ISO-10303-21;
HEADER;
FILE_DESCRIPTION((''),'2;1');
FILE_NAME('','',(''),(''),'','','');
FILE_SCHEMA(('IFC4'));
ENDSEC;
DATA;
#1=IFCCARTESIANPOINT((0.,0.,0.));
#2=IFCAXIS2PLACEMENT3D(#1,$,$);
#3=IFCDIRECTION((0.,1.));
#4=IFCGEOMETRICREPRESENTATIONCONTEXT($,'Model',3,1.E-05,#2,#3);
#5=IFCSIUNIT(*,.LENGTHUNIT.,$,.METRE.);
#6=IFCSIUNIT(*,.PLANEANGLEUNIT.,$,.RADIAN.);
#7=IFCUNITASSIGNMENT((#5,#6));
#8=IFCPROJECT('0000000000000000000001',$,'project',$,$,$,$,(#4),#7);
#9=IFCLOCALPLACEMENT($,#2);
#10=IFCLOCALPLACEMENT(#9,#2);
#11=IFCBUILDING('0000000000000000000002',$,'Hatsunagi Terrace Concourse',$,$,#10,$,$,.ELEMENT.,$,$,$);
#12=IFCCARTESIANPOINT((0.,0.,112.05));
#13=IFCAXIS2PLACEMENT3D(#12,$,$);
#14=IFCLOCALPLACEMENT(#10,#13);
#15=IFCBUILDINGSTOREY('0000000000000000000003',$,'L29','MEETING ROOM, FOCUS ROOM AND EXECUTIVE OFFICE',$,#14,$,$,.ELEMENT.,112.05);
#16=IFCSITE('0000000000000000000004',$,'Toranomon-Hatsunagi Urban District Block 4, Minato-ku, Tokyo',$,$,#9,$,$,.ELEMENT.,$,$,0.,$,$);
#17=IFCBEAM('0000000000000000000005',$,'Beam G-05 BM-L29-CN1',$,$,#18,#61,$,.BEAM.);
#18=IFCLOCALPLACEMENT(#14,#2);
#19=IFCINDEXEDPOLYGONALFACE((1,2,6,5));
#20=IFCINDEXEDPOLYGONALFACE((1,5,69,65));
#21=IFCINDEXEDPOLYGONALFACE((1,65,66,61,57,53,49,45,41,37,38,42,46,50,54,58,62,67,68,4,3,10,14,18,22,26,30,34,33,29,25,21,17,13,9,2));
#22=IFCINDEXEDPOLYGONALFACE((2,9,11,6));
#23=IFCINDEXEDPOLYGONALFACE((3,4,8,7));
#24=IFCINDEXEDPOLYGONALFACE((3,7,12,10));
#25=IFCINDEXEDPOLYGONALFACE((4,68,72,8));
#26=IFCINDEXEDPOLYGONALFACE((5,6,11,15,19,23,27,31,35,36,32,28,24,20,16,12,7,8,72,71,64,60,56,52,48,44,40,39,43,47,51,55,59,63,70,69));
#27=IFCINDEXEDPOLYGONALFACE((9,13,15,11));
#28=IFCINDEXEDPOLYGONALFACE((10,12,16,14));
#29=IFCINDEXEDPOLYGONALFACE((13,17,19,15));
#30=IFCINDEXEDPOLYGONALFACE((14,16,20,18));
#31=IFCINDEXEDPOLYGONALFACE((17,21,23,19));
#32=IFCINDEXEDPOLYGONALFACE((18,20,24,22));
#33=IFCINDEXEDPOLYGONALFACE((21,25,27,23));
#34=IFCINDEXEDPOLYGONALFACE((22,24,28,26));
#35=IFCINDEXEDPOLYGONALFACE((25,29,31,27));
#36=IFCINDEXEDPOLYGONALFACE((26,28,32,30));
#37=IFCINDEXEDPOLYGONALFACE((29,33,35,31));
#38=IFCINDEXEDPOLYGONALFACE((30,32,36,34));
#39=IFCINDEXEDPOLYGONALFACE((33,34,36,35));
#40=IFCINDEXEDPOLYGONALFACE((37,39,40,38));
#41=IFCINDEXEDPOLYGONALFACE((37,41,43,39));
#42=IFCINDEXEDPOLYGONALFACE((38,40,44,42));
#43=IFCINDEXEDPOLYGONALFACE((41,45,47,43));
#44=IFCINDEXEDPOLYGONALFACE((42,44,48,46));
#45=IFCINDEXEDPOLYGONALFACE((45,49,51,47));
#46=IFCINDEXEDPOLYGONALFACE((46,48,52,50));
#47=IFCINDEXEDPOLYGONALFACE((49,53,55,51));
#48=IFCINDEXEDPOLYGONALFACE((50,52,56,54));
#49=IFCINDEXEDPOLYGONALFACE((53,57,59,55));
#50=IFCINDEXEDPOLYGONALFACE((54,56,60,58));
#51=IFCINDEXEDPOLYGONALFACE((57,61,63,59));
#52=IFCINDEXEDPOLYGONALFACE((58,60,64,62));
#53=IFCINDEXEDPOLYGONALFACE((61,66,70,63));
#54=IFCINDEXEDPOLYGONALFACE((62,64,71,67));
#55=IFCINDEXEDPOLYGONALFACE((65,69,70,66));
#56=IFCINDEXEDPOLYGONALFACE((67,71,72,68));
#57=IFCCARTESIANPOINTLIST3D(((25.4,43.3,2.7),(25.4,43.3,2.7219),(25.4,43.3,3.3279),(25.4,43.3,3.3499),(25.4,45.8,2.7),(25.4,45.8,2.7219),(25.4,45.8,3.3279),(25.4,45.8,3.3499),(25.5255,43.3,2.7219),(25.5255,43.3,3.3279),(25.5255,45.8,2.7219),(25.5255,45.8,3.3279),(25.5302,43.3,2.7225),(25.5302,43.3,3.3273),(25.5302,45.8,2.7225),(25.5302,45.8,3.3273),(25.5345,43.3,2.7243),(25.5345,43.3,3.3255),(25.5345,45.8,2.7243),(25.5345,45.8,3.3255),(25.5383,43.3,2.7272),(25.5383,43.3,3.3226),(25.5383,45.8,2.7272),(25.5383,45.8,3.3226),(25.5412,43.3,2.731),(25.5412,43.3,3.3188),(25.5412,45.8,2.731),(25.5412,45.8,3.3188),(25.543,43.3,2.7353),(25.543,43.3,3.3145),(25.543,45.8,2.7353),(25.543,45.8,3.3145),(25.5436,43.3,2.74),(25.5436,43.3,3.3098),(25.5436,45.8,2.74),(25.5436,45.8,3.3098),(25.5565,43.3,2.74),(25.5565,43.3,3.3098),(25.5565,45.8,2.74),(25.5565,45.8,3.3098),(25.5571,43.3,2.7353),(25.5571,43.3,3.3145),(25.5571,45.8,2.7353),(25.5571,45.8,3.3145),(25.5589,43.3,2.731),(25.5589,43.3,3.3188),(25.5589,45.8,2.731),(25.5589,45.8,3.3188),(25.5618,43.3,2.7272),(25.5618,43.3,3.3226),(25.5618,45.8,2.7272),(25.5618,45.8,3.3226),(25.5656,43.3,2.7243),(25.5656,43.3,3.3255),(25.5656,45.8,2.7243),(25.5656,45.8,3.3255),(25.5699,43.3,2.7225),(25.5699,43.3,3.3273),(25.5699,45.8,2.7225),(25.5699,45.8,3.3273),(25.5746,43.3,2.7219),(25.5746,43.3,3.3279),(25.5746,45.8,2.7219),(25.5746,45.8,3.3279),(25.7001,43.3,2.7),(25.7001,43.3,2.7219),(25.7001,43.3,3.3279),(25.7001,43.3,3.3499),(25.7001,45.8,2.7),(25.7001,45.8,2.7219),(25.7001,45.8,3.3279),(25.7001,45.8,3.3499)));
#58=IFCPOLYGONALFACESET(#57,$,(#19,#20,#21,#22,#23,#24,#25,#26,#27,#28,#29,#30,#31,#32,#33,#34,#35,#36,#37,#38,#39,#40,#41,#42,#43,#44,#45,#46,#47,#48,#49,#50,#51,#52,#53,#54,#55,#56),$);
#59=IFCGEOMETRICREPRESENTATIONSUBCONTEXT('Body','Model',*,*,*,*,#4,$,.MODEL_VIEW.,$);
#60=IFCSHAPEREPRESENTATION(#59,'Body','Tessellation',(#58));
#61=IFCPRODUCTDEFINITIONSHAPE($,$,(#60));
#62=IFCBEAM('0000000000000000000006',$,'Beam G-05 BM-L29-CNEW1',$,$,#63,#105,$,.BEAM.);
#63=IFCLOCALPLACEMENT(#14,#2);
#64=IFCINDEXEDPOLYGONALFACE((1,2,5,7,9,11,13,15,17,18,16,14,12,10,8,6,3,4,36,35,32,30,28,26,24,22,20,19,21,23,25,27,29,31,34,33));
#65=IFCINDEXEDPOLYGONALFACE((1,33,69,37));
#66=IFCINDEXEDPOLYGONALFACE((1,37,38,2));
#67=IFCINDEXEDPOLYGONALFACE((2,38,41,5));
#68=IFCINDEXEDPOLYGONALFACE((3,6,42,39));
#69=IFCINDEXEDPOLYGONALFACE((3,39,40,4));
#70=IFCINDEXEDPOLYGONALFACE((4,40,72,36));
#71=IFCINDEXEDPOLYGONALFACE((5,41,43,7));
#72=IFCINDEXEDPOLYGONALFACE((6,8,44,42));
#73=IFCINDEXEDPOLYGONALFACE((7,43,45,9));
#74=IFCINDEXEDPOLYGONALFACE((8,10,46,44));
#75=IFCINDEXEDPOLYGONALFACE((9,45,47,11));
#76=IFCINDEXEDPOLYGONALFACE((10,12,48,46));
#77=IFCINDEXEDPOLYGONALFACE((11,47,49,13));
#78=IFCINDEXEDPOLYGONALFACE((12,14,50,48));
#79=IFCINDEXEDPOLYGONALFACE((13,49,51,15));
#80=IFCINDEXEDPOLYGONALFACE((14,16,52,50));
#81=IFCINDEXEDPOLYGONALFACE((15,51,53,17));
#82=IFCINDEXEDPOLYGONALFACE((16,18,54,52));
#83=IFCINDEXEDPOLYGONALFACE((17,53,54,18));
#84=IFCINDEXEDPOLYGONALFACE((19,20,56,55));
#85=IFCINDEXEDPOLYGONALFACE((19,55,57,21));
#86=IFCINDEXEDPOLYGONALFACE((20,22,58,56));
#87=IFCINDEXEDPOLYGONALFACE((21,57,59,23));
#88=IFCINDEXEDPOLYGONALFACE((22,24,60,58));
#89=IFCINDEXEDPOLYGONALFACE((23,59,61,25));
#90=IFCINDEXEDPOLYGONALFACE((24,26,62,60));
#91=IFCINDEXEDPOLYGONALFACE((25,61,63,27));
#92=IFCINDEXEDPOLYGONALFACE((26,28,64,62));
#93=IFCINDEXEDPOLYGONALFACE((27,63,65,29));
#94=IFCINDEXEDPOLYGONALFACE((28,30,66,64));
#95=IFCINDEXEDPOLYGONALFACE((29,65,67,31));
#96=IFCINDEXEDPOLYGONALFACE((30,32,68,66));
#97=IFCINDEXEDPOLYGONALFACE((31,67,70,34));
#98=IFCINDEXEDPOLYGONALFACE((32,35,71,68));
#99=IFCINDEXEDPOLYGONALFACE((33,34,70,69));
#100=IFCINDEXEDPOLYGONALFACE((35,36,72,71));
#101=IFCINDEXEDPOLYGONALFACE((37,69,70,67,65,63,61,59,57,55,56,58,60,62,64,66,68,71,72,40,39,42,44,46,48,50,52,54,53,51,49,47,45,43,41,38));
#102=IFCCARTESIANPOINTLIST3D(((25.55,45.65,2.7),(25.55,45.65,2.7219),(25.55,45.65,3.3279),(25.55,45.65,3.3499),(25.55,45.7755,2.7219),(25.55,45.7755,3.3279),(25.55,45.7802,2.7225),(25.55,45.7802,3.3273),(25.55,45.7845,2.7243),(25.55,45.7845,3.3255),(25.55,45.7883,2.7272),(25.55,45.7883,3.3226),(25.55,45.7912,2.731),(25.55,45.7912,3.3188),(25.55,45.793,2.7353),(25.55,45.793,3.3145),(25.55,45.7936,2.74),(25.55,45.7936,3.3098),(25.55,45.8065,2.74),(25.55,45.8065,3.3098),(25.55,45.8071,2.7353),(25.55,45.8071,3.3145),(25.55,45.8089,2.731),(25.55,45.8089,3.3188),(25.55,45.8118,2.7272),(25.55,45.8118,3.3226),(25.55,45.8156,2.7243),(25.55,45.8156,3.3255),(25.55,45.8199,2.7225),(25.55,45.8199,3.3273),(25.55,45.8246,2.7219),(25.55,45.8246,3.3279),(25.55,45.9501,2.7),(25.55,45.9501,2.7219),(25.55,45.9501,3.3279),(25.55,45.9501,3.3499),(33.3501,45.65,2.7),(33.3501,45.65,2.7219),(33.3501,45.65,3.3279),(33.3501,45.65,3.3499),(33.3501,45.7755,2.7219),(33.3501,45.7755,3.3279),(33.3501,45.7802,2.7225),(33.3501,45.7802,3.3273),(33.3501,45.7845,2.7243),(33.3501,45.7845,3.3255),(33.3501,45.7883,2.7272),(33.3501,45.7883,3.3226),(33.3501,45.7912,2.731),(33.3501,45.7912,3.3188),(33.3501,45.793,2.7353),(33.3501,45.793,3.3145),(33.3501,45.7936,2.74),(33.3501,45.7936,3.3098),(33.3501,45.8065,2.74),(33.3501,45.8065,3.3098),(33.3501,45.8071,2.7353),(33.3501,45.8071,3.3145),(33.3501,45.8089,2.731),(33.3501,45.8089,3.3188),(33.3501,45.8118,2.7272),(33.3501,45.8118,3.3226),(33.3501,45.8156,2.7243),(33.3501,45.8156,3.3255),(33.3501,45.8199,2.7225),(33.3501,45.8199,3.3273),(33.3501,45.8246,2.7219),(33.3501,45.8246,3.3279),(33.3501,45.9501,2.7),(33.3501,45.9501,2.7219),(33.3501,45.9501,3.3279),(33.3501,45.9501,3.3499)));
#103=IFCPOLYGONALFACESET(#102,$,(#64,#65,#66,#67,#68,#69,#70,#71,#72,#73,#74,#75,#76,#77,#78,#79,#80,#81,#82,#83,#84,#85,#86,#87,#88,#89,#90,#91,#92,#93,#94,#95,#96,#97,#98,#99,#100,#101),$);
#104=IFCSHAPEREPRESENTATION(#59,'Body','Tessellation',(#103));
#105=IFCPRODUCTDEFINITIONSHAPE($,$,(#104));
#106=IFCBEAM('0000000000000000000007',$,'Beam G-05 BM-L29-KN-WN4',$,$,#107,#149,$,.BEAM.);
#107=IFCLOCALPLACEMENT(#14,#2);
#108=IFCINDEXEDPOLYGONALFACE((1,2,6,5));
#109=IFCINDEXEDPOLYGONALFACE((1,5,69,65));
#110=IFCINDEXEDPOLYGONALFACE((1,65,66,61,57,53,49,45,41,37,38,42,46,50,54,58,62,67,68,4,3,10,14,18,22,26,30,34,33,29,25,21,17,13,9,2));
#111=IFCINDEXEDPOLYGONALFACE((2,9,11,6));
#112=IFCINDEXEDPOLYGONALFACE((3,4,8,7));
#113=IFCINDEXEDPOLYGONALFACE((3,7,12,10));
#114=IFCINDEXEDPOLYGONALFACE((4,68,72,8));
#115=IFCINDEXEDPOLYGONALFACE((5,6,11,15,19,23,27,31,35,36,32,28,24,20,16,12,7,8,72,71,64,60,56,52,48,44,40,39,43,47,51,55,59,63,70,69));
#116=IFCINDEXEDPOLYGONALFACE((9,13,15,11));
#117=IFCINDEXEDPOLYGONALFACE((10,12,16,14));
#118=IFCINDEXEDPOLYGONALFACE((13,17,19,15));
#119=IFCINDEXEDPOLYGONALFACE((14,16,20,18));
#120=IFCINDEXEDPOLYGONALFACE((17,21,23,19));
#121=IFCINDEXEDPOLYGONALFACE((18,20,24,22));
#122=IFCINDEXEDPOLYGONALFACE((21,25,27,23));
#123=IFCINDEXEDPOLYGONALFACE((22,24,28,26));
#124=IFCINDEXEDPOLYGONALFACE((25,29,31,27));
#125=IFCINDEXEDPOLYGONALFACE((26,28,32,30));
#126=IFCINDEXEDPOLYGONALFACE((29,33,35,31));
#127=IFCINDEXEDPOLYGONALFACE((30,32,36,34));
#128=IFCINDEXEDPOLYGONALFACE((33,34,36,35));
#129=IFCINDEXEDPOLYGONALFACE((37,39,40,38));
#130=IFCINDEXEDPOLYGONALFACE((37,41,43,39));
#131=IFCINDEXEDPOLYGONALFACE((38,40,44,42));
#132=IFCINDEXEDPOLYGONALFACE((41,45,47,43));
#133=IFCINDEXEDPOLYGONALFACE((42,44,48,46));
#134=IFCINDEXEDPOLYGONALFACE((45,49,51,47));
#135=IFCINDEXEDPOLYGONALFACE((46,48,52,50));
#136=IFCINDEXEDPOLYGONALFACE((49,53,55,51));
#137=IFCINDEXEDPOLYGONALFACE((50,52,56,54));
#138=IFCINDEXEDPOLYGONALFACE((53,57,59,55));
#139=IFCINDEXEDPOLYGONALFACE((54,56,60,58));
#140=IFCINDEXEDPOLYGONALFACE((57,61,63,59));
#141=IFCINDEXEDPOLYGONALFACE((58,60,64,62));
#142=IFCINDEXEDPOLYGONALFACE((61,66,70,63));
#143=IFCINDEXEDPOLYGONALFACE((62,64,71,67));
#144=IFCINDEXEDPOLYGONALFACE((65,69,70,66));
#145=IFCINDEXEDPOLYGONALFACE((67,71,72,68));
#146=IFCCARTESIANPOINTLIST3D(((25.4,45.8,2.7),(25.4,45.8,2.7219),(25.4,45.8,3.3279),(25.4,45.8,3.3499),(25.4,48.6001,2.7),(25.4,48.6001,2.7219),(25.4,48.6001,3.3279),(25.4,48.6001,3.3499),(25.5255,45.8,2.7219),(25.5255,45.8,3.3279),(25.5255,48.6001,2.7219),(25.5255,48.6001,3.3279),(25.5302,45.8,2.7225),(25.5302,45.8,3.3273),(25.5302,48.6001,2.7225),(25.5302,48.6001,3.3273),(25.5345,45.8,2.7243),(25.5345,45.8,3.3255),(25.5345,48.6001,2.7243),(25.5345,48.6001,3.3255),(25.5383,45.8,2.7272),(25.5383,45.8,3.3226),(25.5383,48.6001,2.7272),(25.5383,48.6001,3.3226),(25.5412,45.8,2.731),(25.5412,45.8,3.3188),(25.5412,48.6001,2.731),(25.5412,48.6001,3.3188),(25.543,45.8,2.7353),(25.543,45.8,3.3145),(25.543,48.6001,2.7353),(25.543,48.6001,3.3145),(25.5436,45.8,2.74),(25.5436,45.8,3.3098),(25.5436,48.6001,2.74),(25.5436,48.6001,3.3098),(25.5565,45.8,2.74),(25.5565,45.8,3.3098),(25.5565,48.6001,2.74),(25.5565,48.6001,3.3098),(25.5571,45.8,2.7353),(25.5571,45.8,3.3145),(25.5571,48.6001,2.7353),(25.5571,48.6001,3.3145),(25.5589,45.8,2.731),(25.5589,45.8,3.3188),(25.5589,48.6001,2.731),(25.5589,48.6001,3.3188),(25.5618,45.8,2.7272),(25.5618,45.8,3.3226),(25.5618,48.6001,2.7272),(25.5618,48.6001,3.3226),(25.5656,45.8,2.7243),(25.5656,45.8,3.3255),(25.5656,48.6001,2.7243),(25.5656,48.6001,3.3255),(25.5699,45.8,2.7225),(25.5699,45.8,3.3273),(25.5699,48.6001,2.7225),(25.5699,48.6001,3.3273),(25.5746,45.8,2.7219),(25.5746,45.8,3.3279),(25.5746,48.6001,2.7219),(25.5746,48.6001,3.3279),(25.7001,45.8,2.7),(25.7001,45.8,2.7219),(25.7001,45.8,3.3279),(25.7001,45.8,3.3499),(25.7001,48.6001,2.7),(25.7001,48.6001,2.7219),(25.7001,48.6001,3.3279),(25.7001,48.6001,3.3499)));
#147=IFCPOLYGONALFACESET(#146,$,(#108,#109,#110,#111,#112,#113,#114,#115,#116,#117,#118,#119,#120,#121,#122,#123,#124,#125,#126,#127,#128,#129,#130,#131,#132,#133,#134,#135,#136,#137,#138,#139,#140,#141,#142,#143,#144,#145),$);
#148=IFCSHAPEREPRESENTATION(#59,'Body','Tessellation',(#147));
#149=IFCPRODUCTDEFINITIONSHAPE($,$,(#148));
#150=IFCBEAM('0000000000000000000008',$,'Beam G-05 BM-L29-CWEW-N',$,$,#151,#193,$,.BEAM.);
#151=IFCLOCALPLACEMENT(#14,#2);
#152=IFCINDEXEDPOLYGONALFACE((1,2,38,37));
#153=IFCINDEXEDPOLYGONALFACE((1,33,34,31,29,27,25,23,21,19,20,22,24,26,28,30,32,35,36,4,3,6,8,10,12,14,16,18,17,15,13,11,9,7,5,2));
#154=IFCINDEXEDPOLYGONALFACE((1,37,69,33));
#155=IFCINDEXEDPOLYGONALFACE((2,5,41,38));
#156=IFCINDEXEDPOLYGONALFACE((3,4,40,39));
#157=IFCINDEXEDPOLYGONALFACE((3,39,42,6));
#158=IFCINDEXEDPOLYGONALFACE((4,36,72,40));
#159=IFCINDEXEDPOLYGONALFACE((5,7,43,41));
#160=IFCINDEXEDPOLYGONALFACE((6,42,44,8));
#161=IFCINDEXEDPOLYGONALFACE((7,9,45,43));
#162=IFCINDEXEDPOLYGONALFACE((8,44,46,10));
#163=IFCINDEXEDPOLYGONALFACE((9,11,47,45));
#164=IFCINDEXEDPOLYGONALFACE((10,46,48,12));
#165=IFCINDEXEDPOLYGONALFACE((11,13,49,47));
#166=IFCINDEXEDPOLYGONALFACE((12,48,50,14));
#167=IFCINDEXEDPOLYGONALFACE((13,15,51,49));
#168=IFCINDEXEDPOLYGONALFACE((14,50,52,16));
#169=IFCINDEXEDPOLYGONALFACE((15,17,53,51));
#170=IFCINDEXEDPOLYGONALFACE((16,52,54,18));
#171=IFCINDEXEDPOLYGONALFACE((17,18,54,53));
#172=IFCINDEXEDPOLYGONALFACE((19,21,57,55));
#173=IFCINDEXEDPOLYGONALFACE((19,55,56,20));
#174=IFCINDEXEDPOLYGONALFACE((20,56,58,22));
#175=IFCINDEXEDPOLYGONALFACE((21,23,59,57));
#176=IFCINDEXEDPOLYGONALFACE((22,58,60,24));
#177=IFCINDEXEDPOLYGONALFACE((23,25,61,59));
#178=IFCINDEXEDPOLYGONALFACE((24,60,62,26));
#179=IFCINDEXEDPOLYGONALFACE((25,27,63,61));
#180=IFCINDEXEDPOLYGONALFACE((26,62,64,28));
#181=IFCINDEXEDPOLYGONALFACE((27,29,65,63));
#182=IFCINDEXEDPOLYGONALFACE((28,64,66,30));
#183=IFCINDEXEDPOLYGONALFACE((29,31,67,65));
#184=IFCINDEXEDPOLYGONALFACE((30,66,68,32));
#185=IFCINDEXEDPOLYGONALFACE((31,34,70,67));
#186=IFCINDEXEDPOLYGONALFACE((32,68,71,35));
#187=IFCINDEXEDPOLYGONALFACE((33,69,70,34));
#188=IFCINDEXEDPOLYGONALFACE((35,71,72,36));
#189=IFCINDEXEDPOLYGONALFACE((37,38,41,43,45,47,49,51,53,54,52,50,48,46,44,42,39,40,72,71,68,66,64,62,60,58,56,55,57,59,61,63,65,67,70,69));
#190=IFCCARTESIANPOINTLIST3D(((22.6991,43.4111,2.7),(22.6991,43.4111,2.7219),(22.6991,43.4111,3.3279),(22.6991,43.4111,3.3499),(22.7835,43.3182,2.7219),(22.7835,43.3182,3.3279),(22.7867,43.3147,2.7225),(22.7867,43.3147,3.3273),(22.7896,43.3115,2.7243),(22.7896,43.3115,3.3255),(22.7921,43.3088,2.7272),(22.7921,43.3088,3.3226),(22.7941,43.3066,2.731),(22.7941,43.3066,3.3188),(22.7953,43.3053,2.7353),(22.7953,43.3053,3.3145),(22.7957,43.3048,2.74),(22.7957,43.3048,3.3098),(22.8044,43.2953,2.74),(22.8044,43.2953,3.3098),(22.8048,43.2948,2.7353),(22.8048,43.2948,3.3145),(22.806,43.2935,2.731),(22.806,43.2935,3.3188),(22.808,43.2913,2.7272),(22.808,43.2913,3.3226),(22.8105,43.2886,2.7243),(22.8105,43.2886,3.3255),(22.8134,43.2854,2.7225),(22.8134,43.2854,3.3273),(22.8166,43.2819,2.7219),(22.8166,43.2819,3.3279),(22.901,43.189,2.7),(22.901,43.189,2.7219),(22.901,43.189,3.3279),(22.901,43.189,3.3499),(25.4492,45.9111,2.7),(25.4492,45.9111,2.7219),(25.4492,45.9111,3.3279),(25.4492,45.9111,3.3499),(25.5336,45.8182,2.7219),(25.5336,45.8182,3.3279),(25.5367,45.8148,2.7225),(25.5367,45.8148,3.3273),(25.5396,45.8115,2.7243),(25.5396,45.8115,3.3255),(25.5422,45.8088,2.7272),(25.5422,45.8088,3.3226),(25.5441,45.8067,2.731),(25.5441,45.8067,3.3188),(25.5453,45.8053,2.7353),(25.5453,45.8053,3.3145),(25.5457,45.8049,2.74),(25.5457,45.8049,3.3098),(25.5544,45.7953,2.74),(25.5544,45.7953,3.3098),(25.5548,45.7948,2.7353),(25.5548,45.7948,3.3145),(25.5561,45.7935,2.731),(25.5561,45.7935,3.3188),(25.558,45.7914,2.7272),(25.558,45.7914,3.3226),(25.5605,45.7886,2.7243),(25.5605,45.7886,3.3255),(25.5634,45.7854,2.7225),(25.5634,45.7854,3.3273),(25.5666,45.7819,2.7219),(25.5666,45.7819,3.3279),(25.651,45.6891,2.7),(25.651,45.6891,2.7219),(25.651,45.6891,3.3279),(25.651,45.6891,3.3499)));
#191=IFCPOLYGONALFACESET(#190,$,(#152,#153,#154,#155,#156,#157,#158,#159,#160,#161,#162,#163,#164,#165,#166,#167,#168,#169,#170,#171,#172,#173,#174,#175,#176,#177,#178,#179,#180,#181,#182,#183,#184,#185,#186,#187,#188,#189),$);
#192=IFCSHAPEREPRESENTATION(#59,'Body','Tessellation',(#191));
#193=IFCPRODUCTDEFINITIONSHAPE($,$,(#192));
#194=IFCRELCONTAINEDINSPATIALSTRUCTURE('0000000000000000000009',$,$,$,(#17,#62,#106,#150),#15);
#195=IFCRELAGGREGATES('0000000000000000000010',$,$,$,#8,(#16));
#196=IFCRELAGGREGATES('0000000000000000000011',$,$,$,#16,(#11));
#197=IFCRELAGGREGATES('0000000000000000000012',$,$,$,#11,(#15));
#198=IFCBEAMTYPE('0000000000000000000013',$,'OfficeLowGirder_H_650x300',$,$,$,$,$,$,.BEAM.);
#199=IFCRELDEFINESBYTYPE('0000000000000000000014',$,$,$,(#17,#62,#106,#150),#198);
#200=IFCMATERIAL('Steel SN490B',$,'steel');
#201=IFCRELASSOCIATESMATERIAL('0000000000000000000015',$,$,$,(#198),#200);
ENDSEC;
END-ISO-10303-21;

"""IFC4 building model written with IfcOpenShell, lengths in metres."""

from ifc_helpers import new_model, si_unit, direction, frame, origin, origin_2d, place, context, subcontext, project, spatial, i_section, extrude, material, material_profile, profile_set, type_object, element, save


model = new_model("IFC4")

# Units and contexts
model_context = context("Model", 3, precision=1e-05, world=origin(), true_north=direction((0.0, 1.0)))
body_context = subcontext(model_context, "Body", "Model", "MODEL_VIEW")
ifc_project = project(units=[si_unit("LENGTHUNIT", "METRE"), si_unit("PLANEANGLEUNIT", "RADIAN")], contexts=[model_context])

# Site, building, storey
site_placement = place(None, origin())
site = spatial("IfcSite", under=ifc_project, at=site_placement, Name="Toranomon-Hatsunagi Urban District Block 4, Minato-ku, Tokyo", CompositionType="ELEMENT", RefElevation=0.0)
building_placement = place(site_placement, origin())
building = spatial("IfcBuilding", under=site, at=building_placement, Name="Hatsunagi Terrace Concourse", CompositionType="ELEMENT")
storey_placement = place(building_placement, frame((0.0, 0.0, 112.05)))
storey = spatial("IfcBuildingStorey", under=building, at=storey_placement, Name="L29", Description="MEETING ROOM, FOCUS ROOM AND EXECUTIVE OFFICE", CompositionType="ELEMENT", Elevation=112.05)

# Beams
ifc_material_1 = material(Name="Steel SN490B", Category="steel")
ifc_material_profile_1 = material_profile(ifc_material_1, i_section(OverallWidth=0.3, OverallDepth=0.6499, WebThickness=0.0129, FlangeThickness=0.022, FilletRadius=0.0181, at=origin_2d()), Name="H-650x300x13x22")
ifc_profile_set_1 = profile_set([ifc_material_profile_1], Name="Steel SN490B")
beam_type_1 = type_object("IfcBeamType", Name="OfficeLowGirder_H_650x300", PredefinedType="BEAM", material=ifc_profile_set_1)
beam_1_placement = place(storey_placement, frame((25.55, 43.3, 3.0249), z_axis=(0.0, 1.0, 0.0), x_axis=(-1.0, 0.0, 0.0)))
element("IfcBeam", 1, at=beam_1_placement, inside=storey, type_object=beam_type_1, Name="Beam G-05 BM-L29-CN1", PredefinedType="BEAM", context=body_context, shape_type="SweptSolid", body=[
    extrude(i_section(OverallWidth=0.3, OverallDepth=0.6499, WebThickness=0.0129, FlangeThickness=0.022, FilletRadius=0.0181, at=origin_2d()), origin(), (0.0, 0.0, 1.0), 2.5),
])
beam_2_placement = place(storey_placement, frame((25.55, 45.8, 3.0249), z_axis=(1.0, 0.0, 0.0), x_axis=(0.0, 1.0, 0.0)))
element("IfcBeam", 2, at=beam_2_placement, inside=storey, type_object=beam_type_1, Name="Beam G-05 BM-L29-CNEW1", PredefinedType="BEAM", context=body_context, shape_type="SweptSolid", body=[
    extrude(i_section(OverallWidth=0.3, OverallDepth=0.6499, WebThickness=0.0129, FlangeThickness=0.022, FilletRadius=0.0181, at=origin_2d()), origin(), (0.0, 0.0, 1.0), 7.8),
])
beam_3_placement = place(storey_placement, frame((25.55, 45.8, 3.0249), z_axis=(0.0, 1.0, 0.0), x_axis=(-1.0, 0.0, 0.0)))
element("IfcBeam", 3, at=beam_3_placement, inside=storey, type_object=beam_type_1, Name="Beam G-05 BM-L29-KN-WN4", PredefinedType="BEAM", context=body_context, shape_type="SweptSolid", body=[
    extrude(i_section(OverallWidth=0.3, OverallDepth=0.6499, WebThickness=0.0129, FlangeThickness=0.022, FilletRadius=0.0181, at=origin_2d()), origin(), (0.0, 0.0, 1.0), 2.8),
])
beam_4_placement = place(storey_placement, frame((22.8, 43.3, 3.0249), z_axis=(0.73994, 0.672673, 0.0), x_axis=(-0.672673, 0.73994, 0.0)))
element("IfcBeam", 4, at=beam_4_placement, inside=storey, type_object=beam_type_1, Name="Beam G-05 BM-L29-CWEW-N", PredefinedType="BEAM", context=body_context, shape_type="SweptSolid", body=[
    extrude(i_section(OverallWidth=0.3, OverallDepth=0.6499, WebThickness=0.0129, FlangeThickness=0.022, FilletRadius=0.0181, at=origin_2d()), origin(), (0.0, 0.0, 1.0), 3.7166),
])

save(model, "model.ifc")
